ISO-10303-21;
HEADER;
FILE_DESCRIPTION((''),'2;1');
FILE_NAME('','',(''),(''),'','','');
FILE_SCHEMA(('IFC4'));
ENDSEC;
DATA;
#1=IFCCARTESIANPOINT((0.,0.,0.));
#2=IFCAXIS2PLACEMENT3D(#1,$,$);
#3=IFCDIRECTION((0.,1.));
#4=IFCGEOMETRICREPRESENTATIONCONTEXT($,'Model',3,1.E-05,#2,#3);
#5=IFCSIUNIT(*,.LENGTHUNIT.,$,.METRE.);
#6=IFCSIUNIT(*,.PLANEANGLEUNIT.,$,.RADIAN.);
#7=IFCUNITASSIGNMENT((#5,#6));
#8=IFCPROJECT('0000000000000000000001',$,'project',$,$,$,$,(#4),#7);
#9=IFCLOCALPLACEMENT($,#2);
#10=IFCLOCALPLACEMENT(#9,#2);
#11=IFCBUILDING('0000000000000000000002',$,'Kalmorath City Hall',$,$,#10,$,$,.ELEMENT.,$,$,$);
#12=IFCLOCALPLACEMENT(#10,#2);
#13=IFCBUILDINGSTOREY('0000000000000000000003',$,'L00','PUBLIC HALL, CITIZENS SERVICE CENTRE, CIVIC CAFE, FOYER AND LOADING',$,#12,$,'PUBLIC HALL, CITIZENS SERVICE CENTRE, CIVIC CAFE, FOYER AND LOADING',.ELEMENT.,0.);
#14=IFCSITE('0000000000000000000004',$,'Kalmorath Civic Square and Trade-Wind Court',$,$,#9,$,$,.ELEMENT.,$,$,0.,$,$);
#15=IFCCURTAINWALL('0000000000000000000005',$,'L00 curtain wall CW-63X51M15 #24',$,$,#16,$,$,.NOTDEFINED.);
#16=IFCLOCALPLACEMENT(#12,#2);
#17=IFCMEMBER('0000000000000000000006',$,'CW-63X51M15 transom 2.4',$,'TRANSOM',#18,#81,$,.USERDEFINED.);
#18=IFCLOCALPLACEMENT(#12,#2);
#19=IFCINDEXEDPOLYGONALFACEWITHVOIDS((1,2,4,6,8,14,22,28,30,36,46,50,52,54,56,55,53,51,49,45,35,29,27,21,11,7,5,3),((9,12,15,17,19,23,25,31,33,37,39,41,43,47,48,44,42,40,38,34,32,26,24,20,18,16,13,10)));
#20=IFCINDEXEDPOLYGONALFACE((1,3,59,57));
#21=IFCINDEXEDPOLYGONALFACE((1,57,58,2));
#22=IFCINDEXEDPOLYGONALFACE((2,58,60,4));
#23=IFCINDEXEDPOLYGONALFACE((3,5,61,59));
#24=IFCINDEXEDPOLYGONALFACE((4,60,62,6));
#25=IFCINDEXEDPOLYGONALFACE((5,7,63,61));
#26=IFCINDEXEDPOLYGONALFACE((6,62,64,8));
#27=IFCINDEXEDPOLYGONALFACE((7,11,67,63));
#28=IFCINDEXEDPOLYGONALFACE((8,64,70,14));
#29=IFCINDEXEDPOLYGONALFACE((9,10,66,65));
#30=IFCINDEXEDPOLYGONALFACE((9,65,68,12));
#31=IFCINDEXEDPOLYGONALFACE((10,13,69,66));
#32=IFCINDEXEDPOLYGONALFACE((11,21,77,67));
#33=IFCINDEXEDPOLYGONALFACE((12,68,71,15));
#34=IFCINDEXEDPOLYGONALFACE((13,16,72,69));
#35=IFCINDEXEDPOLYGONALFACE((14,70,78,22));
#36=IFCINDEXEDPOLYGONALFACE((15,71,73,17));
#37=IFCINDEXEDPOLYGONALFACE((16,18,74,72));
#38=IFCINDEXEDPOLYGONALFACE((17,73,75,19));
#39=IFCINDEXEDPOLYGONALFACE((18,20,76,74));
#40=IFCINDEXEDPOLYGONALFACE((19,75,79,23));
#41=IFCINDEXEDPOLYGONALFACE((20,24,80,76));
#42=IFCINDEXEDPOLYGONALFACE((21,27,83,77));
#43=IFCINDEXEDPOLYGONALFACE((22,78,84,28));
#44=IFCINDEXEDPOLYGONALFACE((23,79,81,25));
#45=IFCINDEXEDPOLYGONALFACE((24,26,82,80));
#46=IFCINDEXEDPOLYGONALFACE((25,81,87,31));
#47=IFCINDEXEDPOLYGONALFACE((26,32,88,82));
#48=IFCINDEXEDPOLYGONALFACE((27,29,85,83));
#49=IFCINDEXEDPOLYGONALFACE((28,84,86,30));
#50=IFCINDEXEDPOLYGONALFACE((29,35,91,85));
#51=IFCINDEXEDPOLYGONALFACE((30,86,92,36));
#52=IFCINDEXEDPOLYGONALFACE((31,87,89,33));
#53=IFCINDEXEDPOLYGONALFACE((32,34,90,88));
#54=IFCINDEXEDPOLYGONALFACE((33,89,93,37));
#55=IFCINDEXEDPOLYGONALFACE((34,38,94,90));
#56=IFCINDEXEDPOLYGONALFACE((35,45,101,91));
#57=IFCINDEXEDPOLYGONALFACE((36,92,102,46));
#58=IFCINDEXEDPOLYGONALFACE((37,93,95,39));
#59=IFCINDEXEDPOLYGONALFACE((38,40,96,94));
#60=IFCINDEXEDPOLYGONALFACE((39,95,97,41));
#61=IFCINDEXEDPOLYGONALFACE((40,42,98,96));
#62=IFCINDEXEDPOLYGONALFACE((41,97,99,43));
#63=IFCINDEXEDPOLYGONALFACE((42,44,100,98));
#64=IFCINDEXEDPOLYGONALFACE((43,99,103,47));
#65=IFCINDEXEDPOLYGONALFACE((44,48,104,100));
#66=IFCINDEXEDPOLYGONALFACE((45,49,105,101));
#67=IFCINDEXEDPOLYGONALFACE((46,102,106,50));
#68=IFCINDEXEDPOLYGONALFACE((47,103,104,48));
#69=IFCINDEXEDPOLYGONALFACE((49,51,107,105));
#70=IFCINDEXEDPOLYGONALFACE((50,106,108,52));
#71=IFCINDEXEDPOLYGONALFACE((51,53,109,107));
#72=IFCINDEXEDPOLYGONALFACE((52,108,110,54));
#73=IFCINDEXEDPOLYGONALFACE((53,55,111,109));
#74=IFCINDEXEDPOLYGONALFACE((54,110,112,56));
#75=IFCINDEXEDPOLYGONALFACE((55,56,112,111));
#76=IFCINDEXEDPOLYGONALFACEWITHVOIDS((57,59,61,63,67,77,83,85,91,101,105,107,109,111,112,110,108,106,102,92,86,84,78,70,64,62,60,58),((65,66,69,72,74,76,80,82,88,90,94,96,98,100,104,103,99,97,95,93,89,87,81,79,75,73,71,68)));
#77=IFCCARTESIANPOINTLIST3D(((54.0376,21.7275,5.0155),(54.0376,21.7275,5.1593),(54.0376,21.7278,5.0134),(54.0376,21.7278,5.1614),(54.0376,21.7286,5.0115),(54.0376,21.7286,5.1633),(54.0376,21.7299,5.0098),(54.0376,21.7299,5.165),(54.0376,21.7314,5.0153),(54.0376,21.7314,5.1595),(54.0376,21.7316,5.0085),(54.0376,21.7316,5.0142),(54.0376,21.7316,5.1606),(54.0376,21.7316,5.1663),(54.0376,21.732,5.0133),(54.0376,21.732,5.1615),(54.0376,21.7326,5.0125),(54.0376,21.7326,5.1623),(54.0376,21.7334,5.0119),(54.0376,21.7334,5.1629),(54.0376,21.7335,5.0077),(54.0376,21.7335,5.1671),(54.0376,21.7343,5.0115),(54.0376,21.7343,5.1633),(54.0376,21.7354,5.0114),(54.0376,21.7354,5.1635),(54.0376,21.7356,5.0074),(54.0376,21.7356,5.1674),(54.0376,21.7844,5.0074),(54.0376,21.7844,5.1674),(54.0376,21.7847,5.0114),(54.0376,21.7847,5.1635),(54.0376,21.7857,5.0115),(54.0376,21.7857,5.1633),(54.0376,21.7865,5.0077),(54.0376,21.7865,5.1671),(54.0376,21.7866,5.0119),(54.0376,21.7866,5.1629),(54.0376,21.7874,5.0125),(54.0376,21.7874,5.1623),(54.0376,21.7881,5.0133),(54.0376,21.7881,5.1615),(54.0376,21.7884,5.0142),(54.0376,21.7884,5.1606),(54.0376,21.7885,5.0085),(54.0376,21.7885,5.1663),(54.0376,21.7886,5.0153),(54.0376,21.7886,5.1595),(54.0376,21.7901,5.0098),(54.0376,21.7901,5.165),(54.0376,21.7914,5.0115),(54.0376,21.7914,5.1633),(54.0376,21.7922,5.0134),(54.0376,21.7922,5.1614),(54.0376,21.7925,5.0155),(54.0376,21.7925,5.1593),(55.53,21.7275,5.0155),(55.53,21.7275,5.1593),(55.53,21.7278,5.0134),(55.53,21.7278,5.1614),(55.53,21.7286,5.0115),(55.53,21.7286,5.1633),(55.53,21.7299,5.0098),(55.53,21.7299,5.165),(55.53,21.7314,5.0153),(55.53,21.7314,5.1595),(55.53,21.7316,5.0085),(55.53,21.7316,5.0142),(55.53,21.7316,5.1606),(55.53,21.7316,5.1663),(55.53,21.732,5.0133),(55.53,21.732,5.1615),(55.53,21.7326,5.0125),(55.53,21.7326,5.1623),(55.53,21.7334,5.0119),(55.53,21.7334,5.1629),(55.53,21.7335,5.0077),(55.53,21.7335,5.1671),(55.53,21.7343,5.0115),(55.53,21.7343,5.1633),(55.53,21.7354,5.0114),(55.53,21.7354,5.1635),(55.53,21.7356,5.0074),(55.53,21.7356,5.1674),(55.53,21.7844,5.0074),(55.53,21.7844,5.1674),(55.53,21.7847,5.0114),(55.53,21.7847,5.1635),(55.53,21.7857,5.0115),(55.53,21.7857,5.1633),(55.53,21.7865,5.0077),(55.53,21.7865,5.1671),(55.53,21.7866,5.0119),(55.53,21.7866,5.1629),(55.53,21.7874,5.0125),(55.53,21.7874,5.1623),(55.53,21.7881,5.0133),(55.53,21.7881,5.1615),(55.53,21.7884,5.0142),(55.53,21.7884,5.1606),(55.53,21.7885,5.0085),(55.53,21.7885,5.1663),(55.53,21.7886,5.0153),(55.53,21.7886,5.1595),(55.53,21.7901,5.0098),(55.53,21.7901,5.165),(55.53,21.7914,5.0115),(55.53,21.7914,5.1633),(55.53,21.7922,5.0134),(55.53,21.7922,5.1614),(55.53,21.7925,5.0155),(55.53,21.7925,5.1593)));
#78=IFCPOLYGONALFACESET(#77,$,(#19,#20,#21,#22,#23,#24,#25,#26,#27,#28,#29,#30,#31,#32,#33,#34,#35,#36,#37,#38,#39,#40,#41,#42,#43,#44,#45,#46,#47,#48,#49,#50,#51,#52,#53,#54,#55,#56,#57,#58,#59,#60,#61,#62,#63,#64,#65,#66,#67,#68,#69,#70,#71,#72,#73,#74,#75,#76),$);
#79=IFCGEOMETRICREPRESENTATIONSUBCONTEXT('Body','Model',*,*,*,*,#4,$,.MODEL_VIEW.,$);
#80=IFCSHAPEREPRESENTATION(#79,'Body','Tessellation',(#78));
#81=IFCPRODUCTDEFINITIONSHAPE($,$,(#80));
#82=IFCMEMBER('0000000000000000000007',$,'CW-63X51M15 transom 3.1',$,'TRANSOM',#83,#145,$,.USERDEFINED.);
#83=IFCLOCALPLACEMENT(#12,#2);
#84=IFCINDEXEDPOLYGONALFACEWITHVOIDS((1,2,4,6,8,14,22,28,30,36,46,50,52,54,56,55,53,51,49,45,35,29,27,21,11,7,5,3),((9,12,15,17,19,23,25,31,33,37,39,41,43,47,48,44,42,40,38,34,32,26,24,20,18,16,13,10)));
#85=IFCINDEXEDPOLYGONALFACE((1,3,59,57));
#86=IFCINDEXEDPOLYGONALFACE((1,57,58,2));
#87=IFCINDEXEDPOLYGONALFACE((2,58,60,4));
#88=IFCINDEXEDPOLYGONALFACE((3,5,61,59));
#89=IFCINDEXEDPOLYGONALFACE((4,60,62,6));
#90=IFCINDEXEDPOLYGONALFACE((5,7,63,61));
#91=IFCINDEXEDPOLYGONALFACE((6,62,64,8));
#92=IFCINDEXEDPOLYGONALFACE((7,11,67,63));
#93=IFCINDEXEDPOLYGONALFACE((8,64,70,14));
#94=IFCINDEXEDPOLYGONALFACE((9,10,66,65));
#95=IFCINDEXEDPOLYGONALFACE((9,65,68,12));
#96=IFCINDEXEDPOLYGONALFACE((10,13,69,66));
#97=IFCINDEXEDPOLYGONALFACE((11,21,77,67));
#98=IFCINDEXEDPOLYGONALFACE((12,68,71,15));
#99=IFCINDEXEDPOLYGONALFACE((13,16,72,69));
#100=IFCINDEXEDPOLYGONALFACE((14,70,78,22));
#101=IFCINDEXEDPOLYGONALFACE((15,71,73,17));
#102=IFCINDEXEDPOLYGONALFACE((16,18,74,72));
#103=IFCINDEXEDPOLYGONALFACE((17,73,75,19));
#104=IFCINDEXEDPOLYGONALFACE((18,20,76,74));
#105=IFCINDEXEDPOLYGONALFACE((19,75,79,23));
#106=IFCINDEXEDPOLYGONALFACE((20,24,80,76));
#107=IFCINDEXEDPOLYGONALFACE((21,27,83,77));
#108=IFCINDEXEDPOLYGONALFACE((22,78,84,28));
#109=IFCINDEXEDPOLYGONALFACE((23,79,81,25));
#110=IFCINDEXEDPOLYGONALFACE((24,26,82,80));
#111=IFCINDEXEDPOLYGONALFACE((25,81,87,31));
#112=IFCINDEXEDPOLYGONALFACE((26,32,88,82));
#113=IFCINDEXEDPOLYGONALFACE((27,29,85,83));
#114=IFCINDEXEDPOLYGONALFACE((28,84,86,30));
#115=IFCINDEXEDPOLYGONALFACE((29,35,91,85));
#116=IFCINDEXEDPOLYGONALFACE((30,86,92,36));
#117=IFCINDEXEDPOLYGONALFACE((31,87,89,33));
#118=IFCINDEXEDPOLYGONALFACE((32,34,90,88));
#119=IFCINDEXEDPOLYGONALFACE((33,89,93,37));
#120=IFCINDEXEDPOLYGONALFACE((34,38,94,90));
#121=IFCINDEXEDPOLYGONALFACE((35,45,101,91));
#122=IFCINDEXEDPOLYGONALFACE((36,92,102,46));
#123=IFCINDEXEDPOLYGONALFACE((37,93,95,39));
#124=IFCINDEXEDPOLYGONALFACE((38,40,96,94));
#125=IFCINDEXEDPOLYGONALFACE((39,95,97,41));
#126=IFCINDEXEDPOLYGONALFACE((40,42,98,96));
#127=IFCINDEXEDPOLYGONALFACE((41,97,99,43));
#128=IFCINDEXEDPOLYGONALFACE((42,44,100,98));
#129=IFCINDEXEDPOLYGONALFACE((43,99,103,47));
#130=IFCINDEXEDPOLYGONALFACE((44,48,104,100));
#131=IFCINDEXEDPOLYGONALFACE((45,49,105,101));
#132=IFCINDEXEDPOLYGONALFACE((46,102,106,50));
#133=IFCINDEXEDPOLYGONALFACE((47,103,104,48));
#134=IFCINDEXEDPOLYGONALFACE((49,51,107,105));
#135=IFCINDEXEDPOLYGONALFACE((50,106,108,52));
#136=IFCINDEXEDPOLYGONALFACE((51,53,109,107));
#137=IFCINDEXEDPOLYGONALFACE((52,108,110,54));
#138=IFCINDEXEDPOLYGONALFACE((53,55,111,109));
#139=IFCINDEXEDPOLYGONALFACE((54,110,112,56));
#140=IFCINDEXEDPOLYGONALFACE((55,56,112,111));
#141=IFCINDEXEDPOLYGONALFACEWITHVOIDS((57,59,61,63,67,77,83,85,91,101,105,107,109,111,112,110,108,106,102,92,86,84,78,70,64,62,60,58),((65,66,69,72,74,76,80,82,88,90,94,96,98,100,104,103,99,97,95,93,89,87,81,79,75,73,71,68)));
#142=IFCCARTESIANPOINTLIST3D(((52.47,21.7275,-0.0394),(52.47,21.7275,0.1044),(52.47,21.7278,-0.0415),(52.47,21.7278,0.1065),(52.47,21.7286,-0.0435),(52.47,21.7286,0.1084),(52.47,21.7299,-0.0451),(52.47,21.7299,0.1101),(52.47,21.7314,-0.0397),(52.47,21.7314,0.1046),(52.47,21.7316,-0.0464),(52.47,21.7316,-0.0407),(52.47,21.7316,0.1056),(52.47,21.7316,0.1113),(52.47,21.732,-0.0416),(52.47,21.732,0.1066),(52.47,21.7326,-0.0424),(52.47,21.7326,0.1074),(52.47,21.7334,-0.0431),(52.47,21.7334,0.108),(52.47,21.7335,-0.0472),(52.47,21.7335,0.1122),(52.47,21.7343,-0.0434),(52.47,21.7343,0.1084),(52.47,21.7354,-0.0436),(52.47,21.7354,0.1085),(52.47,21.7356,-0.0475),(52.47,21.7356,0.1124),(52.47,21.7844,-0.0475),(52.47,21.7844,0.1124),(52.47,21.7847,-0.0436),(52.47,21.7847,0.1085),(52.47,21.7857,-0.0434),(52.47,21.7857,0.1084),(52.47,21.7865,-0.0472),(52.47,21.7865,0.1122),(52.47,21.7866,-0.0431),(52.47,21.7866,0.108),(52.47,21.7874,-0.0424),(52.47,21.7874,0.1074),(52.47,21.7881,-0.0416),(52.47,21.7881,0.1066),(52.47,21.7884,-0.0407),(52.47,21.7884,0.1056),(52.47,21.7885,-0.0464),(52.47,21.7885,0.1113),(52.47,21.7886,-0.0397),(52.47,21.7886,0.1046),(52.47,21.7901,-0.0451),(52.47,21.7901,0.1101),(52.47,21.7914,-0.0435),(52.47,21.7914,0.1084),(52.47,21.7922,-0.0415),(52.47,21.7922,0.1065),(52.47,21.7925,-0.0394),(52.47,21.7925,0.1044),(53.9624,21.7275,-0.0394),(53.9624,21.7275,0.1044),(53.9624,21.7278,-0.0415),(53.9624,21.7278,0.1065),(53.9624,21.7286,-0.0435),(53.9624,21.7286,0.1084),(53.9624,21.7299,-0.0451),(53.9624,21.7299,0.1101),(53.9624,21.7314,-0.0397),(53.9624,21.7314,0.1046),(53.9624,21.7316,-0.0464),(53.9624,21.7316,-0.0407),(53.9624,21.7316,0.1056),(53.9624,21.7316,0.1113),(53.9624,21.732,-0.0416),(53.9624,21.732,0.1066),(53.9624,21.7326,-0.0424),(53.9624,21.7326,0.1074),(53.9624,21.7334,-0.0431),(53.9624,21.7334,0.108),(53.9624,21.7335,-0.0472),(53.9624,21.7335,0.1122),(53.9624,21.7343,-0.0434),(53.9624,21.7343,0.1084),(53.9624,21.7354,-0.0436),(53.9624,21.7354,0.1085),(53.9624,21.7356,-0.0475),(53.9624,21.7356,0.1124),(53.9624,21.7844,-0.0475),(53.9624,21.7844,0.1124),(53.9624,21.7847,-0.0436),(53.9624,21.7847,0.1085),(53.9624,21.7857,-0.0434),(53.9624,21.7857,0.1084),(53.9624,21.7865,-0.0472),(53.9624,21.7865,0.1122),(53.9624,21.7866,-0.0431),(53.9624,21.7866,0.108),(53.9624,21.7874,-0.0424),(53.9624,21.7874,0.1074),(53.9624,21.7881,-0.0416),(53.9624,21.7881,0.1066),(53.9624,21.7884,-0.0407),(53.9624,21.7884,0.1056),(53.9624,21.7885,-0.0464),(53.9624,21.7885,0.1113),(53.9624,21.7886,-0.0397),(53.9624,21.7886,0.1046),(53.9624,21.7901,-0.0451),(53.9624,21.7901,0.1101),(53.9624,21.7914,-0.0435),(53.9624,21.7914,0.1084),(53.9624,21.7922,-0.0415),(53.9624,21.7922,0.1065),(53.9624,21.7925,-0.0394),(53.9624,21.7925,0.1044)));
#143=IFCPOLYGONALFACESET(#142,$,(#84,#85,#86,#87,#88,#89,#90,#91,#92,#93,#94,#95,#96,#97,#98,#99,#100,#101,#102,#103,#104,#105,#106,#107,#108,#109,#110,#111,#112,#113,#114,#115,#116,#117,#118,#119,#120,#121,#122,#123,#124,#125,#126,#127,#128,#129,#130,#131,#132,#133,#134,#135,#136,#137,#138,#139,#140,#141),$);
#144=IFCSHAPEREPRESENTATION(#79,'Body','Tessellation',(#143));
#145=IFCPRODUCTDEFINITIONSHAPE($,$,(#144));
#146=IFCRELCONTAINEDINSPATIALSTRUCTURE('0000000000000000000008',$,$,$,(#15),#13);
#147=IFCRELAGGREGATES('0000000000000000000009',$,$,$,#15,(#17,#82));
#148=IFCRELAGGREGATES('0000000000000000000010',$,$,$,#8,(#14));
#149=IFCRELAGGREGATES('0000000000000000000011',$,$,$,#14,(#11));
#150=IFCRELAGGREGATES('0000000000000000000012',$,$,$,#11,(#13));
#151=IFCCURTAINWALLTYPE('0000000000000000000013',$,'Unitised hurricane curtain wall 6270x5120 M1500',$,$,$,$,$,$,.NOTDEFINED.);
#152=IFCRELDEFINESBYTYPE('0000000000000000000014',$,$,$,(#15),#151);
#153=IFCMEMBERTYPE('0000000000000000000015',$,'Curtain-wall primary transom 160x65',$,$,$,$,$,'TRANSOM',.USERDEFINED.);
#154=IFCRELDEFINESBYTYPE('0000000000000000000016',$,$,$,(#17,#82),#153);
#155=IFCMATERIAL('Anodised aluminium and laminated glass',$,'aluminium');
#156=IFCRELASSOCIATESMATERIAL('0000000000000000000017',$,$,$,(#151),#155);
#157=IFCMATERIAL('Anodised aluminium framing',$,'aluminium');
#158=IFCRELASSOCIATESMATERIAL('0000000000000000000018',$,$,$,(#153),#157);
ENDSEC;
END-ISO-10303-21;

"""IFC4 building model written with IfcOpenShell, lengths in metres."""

from ifc_helpers import new_model, si_unit, direction, frame, origin, origin_2d, place, context, subcontext, project, spatial, hollow_rectangle, extrude, material, material_profile, profile_set, type_object, element, aggregate, save


model = new_model("IFC4")

# Units and contexts
model_context = context("Model", 3, precision=1e-05, world=origin(), true_north=direction((0.0, 1.0)))
body_context = subcontext(model_context, "Body", "Model", "MODEL_VIEW")
ifc_project = project(units=[si_unit("LENGTHUNIT", "METRE"), si_unit("PLANEANGLEUNIT", "RADIAN")], contexts=[model_context])

# Site, building, storey
site_placement = place(None, origin())
site = spatial("IfcSite", under=ifc_project, at=site_placement, Name="Kalmorath Civic Square and Trade-Wind Court", CompositionType="ELEMENT", RefElevation=0.0)
building_placement = place(site_placement, origin())
building = spatial("IfcBuilding", under=site, at=building_placement, Name="Kalmorath City Hall", CompositionType="ELEMENT")
storey_placement = place(building_placement, origin())
storey = spatial("IfcBuildingStorey", under=building, at=storey_placement, Name="L00", Description="PUBLIC HALL, CITIZENS SERVICE CENTRE, CIVIC CAFE, FOYER AND LOADING", LongName="PUBLIC HALL, CITIZENS SERVICE CENTRE, CIVIC CAFE, FOYER AND LOADING", CompositionType="ELEMENT", Elevation=0.0)

# Curtain wall, members
ifc_material_1 = material(Name="Anodised aluminium and laminated glass", Category="aluminium")
curtain_wall_type = type_object("IfcCurtainWallType", Name="Unitised hurricane curtain wall 6270x5120 M1500", PredefinedType="NOTDEFINED", material=ifc_material_1)
curtain_wall_placement = place(storey_placement, origin())
curtain_wall = element("IfcCurtainWall", 1, at=curtain_wall_placement, inside=storey, type_object=curtain_wall_type, Name="L00 curtain wall CW-63X51M15 #24", PredefinedType="NOTDEFINED")
ifc_material_2 = material(Name="Anodised aluminium framing", Category="aluminium")
ifc_material_profile_1 = material_profile(ifc_material_2, hollow_rectangle(XDim=0.0649, YDim=0.1599, WallThickness=0.0039, InnerFilletRadius=0.0039, OuterFilletRadius=0.0081, at=origin_2d()), Name="ALU-TRN-160X65X4")
ifc_profile_set_1 = profile_set([ifc_material_profile_1], Name="Anodised aluminium framing")
member_type_1 = type_object("IfcMemberType", Name="Curtain-wall primary transom 160x65", ElementType="TRANSOM", PredefinedType="USERDEFINED", material=ifc_profile_set_1)
member_1_placement = place(storey_placement, frame((55.53, 21.76, 5.0874), z_axis=(-1.0, 0.0, 0.0), x_axis=(0.0, -1.0, 0.0)))
member_1 = element("IfcMember", 2, at=member_1_placement, type_object=member_type_1, Name="CW-63X51M15 transom 2.4", ObjectType="TRANSOM", PredefinedType="USERDEFINED", context=body_context, shape_type="SweptSolid", body=[
    extrude(hollow_rectangle(XDim=0.0649, YDim=0.1599, WallThickness=0.0039, InnerFilletRadius=0.0039, OuterFilletRadius=0.0081, at=origin_2d()), origin(), (0.0, 0.0, 1.0), 1.4924),
])
member_2_placement = place(storey_placement, frame((53.9624, 21.76, 0.0325), z_axis=(-1.0, 0.0, 0.0), x_axis=(0.0, -1.0, 0.0)))
member_2 = element("IfcMember", 3, at=member_2_placement, type_object=member_type_1, Name="CW-63X51M15 transom 3.1", ObjectType="TRANSOM", PredefinedType="USERDEFINED", context=body_context, shape_type="SweptSolid", body=[
    extrude(hollow_rectangle(XDim=0.0649, YDim=0.1599, WallThickness=0.0039, InnerFilletRadius=0.0039, OuterFilletRadius=0.0081, at=origin_2d()), origin(), (0.0, 0.0, 1.0), 1.4924),
])

aggregate(curtain_wall, [member_1, member_2])

save(model, "model.ifc")
